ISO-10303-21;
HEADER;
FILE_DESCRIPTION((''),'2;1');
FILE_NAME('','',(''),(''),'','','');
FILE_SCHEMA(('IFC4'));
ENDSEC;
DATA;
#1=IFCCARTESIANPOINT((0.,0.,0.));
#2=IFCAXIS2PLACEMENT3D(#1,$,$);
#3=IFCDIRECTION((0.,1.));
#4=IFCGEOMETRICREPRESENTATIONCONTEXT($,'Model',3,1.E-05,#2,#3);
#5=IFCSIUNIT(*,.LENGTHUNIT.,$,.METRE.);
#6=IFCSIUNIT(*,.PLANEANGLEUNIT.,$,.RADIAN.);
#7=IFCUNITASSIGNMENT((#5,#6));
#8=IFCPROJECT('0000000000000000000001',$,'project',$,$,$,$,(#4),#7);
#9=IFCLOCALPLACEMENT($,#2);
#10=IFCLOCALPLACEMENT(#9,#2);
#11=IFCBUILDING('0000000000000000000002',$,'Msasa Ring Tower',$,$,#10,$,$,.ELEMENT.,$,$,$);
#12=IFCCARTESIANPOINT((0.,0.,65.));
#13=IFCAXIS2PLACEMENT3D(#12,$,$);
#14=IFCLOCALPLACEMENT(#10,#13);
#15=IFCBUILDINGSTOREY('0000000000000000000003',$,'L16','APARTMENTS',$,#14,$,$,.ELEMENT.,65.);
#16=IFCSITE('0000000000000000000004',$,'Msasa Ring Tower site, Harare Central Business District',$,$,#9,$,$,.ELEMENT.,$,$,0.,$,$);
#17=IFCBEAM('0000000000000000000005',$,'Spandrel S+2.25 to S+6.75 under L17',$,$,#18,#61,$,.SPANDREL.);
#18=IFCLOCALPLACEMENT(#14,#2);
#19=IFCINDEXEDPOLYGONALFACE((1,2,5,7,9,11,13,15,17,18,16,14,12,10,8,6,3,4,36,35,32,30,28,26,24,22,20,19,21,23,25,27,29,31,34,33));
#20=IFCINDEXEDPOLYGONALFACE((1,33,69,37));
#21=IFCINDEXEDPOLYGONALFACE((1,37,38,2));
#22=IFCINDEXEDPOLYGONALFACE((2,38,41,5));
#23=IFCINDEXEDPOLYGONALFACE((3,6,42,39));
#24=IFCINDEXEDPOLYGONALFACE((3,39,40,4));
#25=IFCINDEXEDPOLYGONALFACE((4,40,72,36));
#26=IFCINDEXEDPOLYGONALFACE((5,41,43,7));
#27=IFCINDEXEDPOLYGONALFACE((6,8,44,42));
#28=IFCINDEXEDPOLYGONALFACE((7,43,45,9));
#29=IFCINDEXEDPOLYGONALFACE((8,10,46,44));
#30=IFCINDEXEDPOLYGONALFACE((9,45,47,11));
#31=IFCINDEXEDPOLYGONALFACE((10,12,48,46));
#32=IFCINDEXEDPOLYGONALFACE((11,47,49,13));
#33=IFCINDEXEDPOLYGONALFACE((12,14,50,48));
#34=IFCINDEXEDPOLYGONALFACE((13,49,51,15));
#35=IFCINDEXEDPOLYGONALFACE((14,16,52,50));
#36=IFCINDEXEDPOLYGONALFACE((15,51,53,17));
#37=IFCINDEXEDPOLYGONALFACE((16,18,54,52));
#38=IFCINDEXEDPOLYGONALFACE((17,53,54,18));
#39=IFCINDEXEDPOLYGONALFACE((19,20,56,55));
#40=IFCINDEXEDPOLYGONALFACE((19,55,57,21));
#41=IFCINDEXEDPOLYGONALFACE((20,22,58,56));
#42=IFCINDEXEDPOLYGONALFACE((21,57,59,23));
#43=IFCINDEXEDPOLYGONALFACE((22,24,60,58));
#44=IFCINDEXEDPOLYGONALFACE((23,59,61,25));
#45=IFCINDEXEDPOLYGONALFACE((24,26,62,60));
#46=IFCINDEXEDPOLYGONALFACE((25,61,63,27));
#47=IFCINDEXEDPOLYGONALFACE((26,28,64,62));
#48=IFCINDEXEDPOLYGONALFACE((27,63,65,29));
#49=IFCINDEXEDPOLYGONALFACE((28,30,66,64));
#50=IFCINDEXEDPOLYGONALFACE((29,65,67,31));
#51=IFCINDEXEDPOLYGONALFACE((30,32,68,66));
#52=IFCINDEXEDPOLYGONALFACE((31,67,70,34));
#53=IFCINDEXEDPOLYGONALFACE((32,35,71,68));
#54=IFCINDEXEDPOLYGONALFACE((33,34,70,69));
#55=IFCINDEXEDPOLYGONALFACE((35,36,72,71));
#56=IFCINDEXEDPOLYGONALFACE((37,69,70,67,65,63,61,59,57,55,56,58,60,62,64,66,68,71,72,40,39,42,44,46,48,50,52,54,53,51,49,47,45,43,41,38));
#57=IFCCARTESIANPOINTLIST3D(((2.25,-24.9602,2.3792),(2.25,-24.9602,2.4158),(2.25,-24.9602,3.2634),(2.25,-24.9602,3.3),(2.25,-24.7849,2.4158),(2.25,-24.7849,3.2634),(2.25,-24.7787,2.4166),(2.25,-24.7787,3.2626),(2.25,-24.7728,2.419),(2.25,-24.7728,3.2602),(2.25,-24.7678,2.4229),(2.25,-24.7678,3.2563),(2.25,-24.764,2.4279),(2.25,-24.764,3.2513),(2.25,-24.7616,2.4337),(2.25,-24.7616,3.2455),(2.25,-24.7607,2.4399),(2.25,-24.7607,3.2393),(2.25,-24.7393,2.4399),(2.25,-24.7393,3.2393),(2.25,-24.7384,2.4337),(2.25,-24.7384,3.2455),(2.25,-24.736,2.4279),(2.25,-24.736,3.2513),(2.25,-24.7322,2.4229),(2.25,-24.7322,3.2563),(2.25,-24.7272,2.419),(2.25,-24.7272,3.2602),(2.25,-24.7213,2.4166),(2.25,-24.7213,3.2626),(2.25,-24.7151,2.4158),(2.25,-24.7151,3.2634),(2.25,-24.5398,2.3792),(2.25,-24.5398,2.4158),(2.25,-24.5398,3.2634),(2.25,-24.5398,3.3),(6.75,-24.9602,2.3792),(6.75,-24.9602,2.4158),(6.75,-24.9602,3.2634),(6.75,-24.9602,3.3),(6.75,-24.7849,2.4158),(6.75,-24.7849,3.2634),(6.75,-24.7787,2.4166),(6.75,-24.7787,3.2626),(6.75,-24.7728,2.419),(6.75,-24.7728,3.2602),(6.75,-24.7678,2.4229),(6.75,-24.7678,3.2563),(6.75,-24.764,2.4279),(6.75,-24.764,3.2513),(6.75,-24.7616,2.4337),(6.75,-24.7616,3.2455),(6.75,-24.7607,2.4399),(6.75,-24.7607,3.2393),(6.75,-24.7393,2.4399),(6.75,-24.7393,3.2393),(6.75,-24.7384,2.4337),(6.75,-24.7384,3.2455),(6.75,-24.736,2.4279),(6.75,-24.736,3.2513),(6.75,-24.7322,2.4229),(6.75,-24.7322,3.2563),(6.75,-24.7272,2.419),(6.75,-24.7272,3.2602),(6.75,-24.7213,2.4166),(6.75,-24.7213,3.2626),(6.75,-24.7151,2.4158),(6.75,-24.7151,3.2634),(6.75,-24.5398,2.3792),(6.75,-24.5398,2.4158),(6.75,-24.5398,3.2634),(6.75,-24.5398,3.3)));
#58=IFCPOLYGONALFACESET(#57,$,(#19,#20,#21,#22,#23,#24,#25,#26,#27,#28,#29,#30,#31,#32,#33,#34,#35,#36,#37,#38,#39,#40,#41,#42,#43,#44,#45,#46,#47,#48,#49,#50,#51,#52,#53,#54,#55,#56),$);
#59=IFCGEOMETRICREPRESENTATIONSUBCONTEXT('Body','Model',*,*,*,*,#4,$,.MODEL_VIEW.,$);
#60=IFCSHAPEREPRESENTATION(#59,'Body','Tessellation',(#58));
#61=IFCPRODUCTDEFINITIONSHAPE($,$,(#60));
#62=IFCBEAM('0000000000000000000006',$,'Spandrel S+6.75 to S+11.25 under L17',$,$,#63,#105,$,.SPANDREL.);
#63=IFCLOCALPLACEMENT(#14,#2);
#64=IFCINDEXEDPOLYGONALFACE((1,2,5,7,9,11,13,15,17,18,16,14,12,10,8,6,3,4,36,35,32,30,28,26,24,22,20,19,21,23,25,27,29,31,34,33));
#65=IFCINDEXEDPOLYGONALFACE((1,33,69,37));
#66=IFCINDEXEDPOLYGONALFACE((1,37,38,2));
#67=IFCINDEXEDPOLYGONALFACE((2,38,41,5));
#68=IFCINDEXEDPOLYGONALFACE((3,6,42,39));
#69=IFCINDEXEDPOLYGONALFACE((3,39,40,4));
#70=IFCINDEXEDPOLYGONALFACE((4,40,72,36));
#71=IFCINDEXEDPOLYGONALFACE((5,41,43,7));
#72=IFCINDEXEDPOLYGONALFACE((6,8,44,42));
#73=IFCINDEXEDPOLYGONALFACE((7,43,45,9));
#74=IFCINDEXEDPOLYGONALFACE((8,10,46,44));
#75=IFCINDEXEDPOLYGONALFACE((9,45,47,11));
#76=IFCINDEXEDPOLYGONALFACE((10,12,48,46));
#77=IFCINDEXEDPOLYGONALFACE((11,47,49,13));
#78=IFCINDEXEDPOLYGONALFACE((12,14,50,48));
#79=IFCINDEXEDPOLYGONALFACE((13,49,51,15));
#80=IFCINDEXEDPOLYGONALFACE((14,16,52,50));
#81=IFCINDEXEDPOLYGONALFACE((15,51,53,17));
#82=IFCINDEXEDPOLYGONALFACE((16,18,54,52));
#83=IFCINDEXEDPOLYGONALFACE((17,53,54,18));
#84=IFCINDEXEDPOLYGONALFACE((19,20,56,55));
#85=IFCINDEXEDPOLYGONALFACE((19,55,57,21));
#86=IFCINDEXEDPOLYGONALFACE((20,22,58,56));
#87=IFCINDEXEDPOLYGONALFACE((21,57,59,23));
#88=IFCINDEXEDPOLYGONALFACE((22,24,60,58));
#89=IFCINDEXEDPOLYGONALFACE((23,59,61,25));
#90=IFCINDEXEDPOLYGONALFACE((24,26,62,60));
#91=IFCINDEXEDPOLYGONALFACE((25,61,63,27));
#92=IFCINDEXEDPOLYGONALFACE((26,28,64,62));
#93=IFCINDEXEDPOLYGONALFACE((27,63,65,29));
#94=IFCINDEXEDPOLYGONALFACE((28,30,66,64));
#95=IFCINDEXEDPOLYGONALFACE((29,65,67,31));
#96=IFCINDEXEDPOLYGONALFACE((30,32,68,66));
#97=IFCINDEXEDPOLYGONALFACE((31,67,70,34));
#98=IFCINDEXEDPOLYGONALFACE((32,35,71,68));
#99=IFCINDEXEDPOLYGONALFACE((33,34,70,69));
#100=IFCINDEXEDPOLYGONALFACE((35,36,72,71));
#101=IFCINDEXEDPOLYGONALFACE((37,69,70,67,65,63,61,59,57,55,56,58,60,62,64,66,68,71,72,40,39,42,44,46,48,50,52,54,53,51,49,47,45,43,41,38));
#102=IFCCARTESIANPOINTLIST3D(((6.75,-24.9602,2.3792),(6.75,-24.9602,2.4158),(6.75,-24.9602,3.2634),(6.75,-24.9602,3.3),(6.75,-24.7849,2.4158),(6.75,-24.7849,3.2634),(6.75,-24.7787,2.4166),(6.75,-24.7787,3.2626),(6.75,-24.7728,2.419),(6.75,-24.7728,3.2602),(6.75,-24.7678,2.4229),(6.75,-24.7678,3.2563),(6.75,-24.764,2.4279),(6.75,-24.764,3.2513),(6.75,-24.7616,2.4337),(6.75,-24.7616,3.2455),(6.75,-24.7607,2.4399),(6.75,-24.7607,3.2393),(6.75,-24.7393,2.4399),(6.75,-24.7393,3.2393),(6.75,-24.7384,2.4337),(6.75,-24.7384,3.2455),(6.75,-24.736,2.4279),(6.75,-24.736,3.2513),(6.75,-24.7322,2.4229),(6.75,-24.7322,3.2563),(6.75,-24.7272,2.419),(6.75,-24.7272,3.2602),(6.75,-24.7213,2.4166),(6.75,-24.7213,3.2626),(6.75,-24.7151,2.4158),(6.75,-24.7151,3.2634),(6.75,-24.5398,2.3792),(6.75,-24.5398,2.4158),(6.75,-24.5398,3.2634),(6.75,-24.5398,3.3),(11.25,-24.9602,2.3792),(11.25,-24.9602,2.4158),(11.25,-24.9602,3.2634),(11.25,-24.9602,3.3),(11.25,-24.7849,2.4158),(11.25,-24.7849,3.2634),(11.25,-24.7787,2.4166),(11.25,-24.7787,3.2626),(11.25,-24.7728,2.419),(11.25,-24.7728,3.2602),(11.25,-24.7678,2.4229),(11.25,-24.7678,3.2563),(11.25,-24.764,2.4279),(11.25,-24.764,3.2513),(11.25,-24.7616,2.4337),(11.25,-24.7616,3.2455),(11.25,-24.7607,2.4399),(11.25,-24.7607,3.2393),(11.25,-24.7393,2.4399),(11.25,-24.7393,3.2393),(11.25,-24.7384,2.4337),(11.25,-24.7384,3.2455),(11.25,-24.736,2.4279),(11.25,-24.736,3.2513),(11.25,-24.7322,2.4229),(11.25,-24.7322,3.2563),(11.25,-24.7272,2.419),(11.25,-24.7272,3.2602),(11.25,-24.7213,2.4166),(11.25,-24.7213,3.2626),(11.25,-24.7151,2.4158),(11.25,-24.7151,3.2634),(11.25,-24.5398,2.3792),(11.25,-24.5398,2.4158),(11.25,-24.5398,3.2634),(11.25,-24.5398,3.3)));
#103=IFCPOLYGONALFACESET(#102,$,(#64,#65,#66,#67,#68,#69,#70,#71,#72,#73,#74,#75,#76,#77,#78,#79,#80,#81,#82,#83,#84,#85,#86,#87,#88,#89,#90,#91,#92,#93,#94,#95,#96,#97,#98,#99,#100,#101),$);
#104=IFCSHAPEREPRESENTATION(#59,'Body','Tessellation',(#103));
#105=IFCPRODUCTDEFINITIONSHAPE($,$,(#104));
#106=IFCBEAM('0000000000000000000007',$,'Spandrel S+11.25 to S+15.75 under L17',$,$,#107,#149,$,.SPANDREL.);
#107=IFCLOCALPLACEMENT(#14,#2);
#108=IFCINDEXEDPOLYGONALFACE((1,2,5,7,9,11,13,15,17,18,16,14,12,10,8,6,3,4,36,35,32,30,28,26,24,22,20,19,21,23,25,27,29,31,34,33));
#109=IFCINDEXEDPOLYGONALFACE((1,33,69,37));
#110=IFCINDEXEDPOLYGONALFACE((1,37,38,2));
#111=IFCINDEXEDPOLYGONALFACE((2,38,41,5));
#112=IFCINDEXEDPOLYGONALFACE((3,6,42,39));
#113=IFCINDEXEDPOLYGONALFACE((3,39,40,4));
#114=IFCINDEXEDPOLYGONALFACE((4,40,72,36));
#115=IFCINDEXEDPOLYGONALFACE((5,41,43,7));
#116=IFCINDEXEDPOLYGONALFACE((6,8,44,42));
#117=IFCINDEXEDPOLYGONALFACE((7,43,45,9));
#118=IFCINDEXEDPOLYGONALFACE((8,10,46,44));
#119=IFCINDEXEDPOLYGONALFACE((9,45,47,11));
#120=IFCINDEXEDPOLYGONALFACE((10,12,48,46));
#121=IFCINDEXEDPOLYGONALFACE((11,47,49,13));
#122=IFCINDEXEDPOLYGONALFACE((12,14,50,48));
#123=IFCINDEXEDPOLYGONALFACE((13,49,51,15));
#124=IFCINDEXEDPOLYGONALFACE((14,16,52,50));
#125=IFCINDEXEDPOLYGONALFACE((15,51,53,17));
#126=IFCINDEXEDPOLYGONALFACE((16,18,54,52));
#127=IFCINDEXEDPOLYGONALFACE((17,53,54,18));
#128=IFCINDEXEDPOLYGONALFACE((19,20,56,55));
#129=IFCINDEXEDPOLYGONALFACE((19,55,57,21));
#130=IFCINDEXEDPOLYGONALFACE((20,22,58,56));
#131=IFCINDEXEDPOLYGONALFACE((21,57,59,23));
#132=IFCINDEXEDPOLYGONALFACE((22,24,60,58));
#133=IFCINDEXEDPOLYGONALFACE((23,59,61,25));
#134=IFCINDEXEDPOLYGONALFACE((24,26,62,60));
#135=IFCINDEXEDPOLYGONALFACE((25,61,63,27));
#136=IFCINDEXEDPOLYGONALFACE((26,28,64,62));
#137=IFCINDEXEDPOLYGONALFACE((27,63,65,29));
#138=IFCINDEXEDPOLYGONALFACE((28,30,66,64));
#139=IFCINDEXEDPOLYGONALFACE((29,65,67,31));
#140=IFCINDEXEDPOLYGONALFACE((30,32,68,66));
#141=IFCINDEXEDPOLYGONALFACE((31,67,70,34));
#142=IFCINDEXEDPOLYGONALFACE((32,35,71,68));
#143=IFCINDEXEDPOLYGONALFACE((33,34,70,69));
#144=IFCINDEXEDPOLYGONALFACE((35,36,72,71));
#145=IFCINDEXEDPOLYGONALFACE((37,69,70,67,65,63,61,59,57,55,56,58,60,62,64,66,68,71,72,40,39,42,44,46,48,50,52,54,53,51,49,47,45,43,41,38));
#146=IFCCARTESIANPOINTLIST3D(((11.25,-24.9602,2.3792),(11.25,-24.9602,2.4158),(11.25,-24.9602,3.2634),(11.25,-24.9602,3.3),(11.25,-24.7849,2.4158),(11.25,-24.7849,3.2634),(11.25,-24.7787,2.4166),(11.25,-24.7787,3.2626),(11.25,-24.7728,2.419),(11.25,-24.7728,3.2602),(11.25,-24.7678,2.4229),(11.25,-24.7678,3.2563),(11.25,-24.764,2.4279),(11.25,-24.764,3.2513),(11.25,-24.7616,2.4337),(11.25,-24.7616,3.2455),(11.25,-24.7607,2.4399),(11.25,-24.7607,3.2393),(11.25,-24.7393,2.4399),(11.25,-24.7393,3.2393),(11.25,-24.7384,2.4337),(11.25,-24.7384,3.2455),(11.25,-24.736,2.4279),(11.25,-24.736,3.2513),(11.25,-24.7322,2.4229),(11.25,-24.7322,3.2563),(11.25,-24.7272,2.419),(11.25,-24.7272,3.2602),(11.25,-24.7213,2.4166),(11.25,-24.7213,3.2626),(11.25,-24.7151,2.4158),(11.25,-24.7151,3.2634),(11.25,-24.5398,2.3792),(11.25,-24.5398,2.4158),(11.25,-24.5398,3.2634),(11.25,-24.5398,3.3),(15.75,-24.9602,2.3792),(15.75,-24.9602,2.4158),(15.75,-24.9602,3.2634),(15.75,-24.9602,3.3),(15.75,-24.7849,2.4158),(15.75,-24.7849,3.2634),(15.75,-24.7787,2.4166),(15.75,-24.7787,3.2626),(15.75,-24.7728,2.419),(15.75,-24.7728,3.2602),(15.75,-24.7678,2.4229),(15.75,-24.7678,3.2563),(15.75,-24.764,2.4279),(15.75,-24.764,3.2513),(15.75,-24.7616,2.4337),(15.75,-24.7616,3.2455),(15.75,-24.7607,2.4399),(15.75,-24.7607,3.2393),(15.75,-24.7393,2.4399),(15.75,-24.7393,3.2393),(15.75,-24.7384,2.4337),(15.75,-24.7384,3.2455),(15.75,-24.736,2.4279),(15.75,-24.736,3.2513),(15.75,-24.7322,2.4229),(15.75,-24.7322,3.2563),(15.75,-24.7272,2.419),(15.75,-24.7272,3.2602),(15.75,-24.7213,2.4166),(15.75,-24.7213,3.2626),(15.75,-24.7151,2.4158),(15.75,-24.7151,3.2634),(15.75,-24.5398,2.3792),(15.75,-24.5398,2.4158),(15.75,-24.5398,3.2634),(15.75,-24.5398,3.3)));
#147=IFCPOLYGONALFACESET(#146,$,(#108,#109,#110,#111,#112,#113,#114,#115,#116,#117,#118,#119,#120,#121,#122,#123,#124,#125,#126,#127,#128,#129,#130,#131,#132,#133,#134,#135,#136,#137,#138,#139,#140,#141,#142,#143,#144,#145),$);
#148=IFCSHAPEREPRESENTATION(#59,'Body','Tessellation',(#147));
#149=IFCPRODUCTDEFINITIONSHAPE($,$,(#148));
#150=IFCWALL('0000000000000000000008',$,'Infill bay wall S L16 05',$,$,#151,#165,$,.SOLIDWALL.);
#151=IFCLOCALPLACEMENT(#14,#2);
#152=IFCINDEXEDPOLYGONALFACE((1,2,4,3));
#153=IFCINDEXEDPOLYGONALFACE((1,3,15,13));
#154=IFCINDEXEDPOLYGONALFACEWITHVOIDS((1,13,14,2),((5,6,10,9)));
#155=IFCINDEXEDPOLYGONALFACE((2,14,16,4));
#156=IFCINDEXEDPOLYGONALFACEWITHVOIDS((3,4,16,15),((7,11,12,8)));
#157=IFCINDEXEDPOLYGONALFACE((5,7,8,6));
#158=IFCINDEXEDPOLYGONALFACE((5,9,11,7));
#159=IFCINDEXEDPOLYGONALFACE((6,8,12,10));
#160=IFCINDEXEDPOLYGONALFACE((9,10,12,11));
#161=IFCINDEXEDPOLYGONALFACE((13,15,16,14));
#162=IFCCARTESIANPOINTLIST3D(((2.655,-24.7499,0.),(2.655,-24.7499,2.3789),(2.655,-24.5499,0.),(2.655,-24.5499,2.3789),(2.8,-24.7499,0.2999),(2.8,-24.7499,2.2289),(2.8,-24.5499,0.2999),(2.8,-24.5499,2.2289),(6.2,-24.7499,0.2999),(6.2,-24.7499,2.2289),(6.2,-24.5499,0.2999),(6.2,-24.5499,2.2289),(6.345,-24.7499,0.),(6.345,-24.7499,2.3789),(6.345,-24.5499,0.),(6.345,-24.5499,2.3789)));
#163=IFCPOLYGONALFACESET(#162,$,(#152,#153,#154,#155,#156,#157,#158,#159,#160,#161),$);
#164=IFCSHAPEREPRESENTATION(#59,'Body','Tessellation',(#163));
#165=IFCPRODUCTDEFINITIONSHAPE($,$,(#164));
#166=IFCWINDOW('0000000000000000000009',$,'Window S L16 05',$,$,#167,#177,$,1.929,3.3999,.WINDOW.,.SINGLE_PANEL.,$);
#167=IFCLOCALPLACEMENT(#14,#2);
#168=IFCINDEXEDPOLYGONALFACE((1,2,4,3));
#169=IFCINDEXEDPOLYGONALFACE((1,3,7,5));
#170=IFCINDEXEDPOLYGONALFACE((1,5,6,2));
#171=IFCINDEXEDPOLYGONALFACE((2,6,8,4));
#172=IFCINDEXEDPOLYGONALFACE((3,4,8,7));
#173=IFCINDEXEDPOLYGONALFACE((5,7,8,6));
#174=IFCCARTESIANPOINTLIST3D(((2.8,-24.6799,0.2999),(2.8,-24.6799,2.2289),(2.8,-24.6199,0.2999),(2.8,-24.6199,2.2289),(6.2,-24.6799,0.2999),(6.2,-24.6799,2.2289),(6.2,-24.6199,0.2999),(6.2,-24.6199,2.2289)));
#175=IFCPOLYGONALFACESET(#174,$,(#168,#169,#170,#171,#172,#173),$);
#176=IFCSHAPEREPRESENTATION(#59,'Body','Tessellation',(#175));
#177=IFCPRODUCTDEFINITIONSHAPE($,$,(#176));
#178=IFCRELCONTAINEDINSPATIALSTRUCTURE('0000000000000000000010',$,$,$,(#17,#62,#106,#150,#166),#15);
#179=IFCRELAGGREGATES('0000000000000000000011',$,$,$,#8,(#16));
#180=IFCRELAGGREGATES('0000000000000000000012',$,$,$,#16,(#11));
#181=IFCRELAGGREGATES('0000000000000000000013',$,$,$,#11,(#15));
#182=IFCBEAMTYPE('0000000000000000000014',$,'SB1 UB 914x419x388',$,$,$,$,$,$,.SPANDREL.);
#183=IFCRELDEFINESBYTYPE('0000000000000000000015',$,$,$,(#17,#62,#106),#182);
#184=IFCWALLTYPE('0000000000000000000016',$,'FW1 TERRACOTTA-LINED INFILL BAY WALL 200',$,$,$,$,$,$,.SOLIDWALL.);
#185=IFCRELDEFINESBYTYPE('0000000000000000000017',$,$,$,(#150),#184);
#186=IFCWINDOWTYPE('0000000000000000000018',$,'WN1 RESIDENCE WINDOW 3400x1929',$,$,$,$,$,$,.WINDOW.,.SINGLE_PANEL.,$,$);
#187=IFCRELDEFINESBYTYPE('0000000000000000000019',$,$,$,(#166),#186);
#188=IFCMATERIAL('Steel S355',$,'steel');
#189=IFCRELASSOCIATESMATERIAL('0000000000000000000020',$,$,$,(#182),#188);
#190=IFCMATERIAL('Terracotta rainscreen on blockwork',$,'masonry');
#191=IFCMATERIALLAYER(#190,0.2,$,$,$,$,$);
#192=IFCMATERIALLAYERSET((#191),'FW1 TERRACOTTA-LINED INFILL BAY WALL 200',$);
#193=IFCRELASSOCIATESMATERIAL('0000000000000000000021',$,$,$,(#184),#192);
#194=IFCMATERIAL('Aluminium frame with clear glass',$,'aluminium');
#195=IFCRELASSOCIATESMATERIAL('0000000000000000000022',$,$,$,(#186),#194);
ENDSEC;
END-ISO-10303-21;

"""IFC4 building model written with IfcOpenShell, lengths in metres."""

from ifc_helpers import new_model, si_unit, direction, frame, frame_2d, origin, origin_2d, place, context, subcontext, project, spatial, rectangle, i_section, extrude, material, layer, layer_set, material_profile, profile_set, type_object, element, fill, save


model = new_model("IFC4")

# Units and contexts
model_context = context("Model", 3, precision=1e-05, world=origin(), true_north=direction((0.0, 1.0)))
body_context = subcontext(model_context, "Body", "Model", "MODEL_VIEW")
ifc_project = project(units=[si_unit("LENGTHUNIT", "METRE"), si_unit("PLANEANGLEUNIT", "RADIAN")], contexts=[model_context])

# Site, building, storey
site_placement = place(None, origin())
site = spatial("IfcSite", under=ifc_project, at=site_placement, Name="Msasa Ring Tower site, Harare Central Business District", CompositionType="ELEMENT", RefElevation=0.0)
building_placement = place(site_placement, origin())
building = spatial("IfcBuilding", under=site, at=building_placement, Name="Msasa Ring Tower", CompositionType="ELEMENT")
storey_placement = place(building_placement, frame((0.0, 0.0, 65.0)))
storey = spatial("IfcBuildingStorey", under=building, at=storey_placement, Name="L16", Description="APARTMENTS", CompositionType="ELEMENT", Elevation=65.0)

# Beams
ifc_material_1 = material(Name="Steel S355", Category="steel")
ifc_material_profile_1 = material_profile(ifc_material_1, i_section(OverallWidth=0.4204, OverallDepth=0.9209, WebThickness=0.0215, FlangeThickness=0.0366, FilletRadius=0.0242, at=origin_2d()), Name="UB 914x419x388")
ifc_profile_set_1 = profile_set([ifc_material_profile_1], Name="Steel S355")
beam_type_1 = type_object("IfcBeamType", Name="SB1 UB 914x419x388", PredefinedType="SPANDREL", material=ifc_profile_set_1)
for number, where, z_axis, x_axis, name in (
    (1, (2.25, -24.75, 2.8396), (1.0, 0.0, 0.0), (0.0, 1.0, 0.0), "Spandrel S+2.25 to S+6.75 under L17"),
    (2, (6.75, -24.75, 2.8396), (1.0, 0.0, 0.0), (0.0, 1.0, 0.0), "Spandrel S+6.75 to S+11.25 under L17"),
    (3, (11.25, -24.75, 2.8396), (1.0, 0.0, 0.0), (0.0, 1.0, 0.0), "Spandrel S+11.25 to S+15.75 under L17"),
):
    element("IfcBeam", number, at=place(storey_placement, frame(where, z_axis=z_axis, x_axis=x_axis)), inside=storey, type_object=beam_type_1, Name=name, PredefinedType="SPANDREL", context=body_context, shape_type="SweptSolid", body=[
        extrude(i_section(OverallWidth=0.4204, OverallDepth=0.9209, WebThickness=0.0215, FlangeThickness=0.0366, FilletRadius=0.0242, at=origin_2d()), origin(), (0.0, 0.0, 1.0), 4.5),
    ])

# Wall, opening, window
ifc_material_2 = material(Name="Terracotta rainscreen on blockwork", Category="masonry")
ifc_layer_1 = layer(ifc_material_2, 0.2)
ifc_layer_set_1 = layer_set([ifc_layer_1], Name="FW1 TERRACOTTA-LINED INFILL BAY WALL 200")
wall_type_1 = type_object("IfcWallType", Name="FW1 TERRACOTTA-LINED INFILL BAY WALL 200", PredefinedType="SOLIDWALL", material=ifc_layer_set_1)
wall_1_placement = place(storey_placement, frame((2.655, -24.6499, 0.0), z_axis=(0.0, 0.0, 1.0), x_axis=(1.0, 0.0, 0.0)))
wall_1 = element("IfcWall", 4, at=wall_1_placement, inside=storey, type_object=wall_type_1, Name="Infill bay wall S L16 05", PredefinedType="SOLIDWALL", context=body_context, shape_type="SweptSolid", body=[
    extrude(rectangle(XDim=3.6899, YDim=0.2, at=frame_2d((1.845, 0.0))), origin(), (0.0, 0.0, 1.0), 2.3789),
])
opening_1_placement = place(wall_1_placement, frame((0.145, 0.0, 0.3)))
opening_1 = element("IfcOpeningElement", 5, at=opening_1_placement, cuts=wall_1, PredefinedType="OPENING", context=body_context, shape_type="SweptSolid", body=[
    extrude(rectangle(XDim=3.3999, YDim=1.929, at=frame_2d((1.7, 0.9644))), frame((0.0, 0.1099, 0.0), z_axis=(0.0, -1.0, 0.0), x_axis=(1.0, 0.0, 0.0)), (0.0, 0.0, 1.0), 0.22),
])
ifc_material_3 = material(Name="Aluminium frame with clear glass", Category="aluminium")
window_type = type_object("IfcWindowType", Name="WN1 RESIDENCE WINDOW 3400x1929", PartitioningType="SINGLE_PANEL", PredefinedType="WINDOW", material=ifc_material_3)
window_1_placement = place(opening_1_placement, origin())
window_1 = element("IfcWindow", 6, at=window_1_placement, inside=storey, type_object=window_type, Name="Window S L16 05", OverallHeight=1.929, OverallWidth=3.3999, PartitioningType="SINGLE_PANEL", PredefinedType="WINDOW", context=body_context, shape_type="SweptSolid", body=[
    extrude(rectangle(XDim=3.3999, YDim=1.929, at=frame_2d((1.7, 0.9644))), frame((0.0, 0.03, 0.0), z_axis=(0.0, -1.0, 0.0), x_axis=(1.0, 0.0, 0.0)), (0.0, 0.0, 1.0), 0.0601),
])
fill(opening_1, window_1)

save(model, "model.ifc")
